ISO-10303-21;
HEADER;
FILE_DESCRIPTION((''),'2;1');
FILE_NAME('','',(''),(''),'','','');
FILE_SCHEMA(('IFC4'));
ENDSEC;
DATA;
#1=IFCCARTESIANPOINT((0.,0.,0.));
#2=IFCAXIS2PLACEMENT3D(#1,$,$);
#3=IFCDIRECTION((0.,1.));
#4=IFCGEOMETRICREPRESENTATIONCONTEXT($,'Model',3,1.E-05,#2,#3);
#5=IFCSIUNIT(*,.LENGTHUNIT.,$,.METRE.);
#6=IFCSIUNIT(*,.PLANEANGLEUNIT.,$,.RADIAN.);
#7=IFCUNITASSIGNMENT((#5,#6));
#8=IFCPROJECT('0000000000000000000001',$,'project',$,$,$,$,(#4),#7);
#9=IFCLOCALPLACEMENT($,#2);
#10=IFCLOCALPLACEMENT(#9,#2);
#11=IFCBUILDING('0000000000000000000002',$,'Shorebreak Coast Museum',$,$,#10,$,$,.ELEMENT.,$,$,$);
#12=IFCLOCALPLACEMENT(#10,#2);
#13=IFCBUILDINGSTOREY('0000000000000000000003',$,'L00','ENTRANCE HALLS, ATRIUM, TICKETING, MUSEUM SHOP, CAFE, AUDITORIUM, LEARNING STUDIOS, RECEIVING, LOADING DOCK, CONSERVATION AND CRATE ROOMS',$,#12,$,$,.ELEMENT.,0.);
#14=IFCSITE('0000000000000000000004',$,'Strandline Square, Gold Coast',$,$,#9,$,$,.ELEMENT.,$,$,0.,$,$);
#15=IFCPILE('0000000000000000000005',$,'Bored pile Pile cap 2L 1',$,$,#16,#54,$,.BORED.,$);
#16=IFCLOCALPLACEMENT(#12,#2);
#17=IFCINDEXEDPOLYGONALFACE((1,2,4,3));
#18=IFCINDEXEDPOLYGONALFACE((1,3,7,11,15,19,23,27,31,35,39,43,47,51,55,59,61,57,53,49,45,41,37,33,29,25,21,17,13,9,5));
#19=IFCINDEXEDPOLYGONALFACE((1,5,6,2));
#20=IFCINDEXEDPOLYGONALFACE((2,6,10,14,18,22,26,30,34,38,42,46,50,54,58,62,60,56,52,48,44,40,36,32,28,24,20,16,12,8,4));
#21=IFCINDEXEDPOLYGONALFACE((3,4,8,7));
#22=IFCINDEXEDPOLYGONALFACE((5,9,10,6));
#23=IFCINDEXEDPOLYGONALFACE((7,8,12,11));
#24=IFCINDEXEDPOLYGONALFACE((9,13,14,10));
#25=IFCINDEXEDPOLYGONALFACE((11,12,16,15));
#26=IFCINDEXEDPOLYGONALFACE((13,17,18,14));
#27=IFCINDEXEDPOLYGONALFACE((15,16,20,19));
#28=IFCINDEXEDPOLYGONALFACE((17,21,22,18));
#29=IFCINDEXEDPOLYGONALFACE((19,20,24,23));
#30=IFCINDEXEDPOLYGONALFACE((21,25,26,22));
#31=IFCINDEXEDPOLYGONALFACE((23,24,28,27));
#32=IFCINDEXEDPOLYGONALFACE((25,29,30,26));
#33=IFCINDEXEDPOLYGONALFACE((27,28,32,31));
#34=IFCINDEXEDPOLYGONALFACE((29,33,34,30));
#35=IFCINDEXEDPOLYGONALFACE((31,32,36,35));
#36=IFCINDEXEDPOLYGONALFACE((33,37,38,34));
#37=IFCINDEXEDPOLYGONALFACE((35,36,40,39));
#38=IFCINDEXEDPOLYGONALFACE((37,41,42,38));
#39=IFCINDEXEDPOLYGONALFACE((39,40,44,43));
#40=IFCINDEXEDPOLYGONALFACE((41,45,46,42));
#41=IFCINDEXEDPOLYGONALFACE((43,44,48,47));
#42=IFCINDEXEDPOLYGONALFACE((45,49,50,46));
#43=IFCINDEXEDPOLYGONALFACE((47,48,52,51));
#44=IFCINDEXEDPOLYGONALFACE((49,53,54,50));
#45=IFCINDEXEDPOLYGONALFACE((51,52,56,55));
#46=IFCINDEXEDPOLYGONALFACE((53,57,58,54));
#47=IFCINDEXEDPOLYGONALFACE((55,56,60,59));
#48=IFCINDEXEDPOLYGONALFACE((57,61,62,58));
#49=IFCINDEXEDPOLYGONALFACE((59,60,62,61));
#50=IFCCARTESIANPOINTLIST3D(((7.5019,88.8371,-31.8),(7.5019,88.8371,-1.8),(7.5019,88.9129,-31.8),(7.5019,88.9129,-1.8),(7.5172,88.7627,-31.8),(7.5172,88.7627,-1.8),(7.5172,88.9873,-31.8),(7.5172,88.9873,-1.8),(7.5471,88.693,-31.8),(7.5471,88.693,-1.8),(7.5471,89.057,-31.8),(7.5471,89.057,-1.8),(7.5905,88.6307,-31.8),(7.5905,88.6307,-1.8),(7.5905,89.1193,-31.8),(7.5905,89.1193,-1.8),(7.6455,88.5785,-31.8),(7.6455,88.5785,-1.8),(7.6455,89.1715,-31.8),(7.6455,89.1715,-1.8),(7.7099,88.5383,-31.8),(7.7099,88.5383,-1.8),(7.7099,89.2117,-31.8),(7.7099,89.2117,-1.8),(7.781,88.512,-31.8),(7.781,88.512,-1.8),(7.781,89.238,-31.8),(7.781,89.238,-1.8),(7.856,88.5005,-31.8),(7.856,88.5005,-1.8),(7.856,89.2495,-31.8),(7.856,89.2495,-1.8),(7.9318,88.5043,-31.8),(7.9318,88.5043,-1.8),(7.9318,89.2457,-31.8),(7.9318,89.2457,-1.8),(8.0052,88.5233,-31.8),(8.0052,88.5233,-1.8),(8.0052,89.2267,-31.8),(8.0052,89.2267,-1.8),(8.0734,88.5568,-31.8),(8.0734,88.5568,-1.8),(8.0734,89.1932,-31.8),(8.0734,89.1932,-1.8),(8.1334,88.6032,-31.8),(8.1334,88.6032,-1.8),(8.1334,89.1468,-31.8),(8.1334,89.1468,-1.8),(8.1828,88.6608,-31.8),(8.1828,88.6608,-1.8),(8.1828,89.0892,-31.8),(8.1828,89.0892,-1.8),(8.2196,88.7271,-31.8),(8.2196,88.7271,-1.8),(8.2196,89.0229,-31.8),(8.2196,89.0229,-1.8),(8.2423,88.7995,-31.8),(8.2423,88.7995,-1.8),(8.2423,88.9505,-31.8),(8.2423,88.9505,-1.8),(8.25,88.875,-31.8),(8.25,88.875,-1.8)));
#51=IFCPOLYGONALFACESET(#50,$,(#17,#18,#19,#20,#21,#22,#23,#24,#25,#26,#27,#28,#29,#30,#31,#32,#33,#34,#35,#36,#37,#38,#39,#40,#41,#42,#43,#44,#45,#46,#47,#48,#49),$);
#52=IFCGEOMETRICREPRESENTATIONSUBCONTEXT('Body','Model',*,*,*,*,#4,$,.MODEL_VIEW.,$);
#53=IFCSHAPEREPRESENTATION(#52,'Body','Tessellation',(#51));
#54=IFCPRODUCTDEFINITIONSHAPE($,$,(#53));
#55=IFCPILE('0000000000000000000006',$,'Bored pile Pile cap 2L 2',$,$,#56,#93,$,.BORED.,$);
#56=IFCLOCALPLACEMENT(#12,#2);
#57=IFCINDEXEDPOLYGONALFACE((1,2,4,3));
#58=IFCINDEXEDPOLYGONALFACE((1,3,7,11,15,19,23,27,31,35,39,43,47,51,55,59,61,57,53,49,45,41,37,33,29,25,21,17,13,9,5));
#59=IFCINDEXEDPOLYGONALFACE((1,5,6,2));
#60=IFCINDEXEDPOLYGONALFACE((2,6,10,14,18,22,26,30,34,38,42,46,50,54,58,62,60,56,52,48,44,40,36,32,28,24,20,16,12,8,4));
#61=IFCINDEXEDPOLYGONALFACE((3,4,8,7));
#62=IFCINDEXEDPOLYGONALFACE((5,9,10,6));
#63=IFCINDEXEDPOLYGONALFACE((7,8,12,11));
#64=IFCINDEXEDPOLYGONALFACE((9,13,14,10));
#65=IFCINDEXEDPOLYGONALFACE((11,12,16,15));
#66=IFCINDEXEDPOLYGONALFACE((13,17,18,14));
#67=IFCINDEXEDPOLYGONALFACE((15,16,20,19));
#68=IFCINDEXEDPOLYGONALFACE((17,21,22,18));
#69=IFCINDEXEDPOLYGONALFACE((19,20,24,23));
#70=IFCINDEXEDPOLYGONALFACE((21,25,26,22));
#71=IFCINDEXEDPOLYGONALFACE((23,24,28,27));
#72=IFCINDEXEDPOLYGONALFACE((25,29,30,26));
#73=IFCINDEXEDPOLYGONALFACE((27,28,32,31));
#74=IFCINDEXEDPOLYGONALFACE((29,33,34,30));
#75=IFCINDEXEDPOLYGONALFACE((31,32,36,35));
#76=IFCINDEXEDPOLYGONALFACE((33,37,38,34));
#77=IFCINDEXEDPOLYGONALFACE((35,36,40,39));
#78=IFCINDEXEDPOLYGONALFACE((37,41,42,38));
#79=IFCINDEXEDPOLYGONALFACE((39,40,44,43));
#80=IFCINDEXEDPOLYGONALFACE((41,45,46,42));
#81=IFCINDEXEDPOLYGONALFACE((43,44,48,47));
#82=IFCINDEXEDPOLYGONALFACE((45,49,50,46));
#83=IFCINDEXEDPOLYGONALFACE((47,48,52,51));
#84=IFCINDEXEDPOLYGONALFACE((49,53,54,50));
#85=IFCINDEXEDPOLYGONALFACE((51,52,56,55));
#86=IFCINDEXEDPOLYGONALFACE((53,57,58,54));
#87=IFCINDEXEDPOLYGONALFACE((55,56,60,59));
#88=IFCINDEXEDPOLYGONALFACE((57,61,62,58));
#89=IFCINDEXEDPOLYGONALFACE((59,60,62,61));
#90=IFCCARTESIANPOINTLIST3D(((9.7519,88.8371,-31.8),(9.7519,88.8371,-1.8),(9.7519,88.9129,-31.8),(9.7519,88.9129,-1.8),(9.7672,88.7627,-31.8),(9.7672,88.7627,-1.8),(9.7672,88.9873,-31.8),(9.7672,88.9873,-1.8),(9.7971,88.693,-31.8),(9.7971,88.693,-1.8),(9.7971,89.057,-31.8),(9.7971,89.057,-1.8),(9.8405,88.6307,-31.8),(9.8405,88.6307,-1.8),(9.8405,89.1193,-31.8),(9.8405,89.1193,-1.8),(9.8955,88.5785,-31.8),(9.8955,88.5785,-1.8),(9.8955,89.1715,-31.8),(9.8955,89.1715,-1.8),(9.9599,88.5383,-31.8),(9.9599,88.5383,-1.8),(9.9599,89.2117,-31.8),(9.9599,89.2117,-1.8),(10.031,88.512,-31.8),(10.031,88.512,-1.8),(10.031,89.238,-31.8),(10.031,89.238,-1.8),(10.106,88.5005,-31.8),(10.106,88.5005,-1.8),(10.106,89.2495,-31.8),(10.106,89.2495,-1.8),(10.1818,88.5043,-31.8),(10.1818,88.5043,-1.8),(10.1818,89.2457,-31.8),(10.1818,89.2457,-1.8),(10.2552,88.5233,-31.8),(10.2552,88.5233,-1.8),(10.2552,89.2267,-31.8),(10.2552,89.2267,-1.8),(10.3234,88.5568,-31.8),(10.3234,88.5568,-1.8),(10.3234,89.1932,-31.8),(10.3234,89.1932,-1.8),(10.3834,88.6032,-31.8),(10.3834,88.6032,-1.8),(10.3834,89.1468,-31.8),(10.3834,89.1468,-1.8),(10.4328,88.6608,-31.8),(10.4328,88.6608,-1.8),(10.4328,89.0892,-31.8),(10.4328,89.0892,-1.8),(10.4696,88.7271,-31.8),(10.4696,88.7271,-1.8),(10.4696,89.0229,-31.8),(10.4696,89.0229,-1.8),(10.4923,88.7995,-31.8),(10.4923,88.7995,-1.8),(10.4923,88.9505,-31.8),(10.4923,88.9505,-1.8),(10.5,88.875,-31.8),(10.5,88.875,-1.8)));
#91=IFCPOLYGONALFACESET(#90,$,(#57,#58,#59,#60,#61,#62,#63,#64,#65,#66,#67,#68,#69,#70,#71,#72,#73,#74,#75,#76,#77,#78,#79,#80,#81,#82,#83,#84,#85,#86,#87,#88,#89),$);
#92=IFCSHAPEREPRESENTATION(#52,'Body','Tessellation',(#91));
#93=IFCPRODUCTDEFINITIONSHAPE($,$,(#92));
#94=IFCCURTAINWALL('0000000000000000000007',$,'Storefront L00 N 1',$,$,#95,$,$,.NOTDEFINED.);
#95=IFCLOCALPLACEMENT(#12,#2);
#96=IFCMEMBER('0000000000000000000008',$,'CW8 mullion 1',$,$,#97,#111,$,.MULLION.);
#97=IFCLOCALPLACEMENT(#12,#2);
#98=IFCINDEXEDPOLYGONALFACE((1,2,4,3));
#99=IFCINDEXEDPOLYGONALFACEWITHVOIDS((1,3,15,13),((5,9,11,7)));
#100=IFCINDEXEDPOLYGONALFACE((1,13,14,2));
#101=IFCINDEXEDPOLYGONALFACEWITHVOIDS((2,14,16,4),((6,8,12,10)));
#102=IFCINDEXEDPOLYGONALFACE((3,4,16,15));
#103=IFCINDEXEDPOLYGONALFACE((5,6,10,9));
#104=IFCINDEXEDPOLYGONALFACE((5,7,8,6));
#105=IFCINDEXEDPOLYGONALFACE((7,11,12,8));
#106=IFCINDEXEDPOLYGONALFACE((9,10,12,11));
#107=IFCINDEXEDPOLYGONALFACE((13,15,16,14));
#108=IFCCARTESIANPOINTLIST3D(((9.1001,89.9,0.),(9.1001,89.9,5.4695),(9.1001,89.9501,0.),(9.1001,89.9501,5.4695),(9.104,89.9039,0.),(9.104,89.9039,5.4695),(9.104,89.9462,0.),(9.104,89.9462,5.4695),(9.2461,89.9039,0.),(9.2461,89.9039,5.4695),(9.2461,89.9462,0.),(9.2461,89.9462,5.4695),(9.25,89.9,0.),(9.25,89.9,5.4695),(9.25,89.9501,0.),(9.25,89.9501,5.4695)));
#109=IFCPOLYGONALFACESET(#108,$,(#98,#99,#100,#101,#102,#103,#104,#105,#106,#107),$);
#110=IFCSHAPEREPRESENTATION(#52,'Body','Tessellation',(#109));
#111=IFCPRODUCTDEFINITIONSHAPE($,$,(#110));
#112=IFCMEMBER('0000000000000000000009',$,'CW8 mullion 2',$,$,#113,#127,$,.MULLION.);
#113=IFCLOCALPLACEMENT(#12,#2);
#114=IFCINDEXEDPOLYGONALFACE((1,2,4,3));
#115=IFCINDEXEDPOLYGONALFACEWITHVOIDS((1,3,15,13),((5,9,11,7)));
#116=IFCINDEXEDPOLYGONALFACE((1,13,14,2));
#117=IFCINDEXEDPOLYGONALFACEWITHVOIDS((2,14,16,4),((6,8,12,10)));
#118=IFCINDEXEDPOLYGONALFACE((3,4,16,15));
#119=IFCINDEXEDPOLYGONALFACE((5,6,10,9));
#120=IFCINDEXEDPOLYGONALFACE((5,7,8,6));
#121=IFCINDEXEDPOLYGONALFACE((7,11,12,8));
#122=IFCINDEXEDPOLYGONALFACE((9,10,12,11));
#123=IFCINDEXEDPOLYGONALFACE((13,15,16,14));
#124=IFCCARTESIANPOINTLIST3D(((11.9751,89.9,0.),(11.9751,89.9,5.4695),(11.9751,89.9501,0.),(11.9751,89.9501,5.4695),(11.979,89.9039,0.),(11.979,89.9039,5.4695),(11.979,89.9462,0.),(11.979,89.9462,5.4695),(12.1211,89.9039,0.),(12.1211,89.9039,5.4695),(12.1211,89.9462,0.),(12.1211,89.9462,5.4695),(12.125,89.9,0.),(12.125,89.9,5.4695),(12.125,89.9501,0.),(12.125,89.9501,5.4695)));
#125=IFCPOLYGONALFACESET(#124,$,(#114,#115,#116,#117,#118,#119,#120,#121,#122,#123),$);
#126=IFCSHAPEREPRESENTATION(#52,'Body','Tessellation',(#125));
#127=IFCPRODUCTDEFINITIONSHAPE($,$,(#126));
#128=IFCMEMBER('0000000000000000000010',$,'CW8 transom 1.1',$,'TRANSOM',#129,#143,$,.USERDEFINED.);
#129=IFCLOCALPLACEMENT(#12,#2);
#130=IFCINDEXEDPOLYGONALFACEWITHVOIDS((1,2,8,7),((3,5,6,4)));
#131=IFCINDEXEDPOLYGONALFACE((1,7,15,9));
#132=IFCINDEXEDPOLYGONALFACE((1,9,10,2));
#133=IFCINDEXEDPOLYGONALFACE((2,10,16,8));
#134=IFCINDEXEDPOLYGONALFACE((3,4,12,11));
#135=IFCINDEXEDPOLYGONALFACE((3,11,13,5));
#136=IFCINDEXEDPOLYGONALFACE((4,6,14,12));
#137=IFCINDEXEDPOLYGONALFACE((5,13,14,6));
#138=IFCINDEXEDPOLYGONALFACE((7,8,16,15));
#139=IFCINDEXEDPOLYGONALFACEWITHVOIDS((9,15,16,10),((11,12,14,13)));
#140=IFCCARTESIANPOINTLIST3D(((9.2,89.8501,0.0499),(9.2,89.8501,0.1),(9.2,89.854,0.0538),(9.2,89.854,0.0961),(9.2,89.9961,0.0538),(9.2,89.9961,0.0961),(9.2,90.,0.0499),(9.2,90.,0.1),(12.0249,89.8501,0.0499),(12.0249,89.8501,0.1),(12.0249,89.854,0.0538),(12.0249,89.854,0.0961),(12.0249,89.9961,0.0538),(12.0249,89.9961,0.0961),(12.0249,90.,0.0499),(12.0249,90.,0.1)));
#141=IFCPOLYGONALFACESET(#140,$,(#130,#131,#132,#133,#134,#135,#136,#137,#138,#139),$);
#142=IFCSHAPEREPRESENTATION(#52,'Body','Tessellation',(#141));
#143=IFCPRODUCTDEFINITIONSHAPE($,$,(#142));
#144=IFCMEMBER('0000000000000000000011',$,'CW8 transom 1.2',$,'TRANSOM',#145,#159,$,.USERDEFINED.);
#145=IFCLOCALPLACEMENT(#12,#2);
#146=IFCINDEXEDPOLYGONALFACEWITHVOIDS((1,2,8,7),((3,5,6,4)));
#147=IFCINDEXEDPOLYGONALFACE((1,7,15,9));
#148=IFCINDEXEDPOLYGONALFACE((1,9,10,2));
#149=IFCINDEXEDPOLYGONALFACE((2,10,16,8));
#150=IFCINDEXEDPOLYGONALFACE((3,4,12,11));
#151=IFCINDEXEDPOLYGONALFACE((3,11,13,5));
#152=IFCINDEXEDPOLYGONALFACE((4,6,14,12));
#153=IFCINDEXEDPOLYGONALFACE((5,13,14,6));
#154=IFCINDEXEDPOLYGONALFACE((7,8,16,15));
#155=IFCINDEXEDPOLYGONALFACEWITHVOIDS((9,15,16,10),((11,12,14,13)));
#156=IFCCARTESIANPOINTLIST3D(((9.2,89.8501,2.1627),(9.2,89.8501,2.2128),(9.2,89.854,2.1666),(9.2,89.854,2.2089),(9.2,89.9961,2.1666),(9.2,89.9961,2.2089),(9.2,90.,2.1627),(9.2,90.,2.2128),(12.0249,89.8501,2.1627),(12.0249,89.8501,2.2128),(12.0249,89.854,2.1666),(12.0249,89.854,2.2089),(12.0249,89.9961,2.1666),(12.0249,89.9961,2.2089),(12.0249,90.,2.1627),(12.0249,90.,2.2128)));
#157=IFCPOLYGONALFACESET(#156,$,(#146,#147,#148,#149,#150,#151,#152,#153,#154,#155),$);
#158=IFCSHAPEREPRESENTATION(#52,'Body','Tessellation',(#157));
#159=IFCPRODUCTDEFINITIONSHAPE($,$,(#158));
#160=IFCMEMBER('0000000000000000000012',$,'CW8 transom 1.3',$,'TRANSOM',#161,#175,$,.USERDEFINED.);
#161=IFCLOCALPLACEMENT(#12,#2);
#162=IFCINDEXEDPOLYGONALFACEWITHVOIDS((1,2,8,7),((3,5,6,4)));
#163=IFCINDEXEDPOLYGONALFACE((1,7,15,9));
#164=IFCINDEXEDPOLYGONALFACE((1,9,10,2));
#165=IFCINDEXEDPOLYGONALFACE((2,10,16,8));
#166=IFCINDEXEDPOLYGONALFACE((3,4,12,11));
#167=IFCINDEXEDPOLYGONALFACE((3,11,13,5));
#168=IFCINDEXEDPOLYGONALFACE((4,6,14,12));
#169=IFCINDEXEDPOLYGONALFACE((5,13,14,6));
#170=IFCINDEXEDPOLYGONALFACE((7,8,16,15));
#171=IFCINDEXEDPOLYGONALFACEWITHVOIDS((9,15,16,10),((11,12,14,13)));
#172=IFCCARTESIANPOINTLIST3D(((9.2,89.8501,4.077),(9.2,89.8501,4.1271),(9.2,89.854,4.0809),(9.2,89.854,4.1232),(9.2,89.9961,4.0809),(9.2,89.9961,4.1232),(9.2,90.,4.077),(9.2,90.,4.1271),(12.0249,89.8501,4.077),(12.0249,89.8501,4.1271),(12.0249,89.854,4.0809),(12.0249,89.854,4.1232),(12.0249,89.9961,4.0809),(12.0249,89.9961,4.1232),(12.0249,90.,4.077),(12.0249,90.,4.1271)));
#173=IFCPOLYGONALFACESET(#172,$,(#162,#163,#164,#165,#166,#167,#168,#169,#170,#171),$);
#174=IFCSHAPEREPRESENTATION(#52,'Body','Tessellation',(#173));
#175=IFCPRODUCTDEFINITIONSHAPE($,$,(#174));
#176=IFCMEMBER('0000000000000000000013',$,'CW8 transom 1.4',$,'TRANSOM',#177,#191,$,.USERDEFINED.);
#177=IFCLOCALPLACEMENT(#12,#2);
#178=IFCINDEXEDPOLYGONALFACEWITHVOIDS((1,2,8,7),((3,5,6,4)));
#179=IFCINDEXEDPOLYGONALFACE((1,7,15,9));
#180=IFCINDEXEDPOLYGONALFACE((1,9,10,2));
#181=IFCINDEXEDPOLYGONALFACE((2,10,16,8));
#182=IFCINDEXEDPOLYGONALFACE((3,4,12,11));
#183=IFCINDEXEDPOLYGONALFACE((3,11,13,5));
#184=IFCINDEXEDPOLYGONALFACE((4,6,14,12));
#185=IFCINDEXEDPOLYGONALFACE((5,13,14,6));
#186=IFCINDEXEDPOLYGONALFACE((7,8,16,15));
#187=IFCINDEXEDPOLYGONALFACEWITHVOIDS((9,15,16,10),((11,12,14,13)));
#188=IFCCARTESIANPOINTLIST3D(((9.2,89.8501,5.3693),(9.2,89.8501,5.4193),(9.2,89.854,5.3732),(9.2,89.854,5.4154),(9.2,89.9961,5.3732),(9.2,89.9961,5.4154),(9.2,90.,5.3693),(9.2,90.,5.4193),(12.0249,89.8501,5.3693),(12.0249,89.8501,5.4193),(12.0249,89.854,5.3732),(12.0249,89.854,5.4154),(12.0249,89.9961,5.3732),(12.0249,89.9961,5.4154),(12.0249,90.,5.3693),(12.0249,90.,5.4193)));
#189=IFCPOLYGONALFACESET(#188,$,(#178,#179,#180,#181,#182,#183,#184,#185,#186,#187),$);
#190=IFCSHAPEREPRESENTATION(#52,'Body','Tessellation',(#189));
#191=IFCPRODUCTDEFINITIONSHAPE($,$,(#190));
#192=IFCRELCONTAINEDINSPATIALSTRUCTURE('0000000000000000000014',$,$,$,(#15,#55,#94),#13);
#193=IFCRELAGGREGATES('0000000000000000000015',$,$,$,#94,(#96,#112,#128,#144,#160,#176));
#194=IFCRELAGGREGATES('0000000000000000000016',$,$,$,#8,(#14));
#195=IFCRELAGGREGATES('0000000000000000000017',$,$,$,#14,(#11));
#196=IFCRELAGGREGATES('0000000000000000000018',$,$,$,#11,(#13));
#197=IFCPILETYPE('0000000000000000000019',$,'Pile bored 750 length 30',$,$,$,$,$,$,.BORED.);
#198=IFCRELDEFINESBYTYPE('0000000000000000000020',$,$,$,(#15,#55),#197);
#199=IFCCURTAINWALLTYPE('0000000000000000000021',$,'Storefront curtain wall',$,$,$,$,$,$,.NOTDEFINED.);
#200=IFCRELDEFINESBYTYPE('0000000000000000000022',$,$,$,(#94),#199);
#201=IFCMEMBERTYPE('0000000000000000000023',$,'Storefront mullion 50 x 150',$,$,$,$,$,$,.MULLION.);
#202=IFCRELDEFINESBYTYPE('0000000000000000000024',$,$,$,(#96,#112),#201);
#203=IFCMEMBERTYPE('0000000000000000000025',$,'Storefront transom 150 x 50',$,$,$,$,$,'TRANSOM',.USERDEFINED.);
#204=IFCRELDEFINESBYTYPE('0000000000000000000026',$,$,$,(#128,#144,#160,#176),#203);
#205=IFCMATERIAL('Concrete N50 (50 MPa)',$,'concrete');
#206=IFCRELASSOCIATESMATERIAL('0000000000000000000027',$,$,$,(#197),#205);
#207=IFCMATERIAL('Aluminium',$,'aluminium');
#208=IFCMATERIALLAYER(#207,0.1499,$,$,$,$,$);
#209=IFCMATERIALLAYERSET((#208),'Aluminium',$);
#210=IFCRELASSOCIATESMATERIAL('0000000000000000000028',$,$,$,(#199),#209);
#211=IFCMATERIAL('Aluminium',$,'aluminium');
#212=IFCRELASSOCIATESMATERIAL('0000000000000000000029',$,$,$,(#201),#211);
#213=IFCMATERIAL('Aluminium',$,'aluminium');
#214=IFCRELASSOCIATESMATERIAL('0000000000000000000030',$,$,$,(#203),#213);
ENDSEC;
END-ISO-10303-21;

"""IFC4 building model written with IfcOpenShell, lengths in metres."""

from ifc_helpers import new_model, si_unit, direction, frame, origin, origin_2d, place, context, subcontext, project, spatial, hollow_rectangle, circle, extrude, material, layer, layer_set, material_profile, profile_set, type_object, element, aggregate, save


model = new_model("IFC4")

# Units and contexts
model_context = context("Model", 3, precision=1e-05, world=origin(), true_north=direction((0.0, 1.0)))
body_context = subcontext(model_context, "Body", "Model", "MODEL_VIEW")
ifc_project = project(units=[si_unit("LENGTHUNIT", "METRE"), si_unit("PLANEANGLEUNIT", "RADIAN")], contexts=[model_context])

# Site, building, storey
site_placement = place(None, origin())
site = spatial("IfcSite", under=ifc_project, at=site_placement, Name="Strandline Square, Gold Coast", CompositionType="ELEMENT", RefElevation=0.0)
building_placement = place(site_placement, origin())
building = spatial("IfcBuilding", under=site, at=building_placement, Name="Shorebreak Coast Museum", CompositionType="ELEMENT")
storey_placement = place(building_placement, origin())
storey = spatial("IfcBuildingStorey", under=building, at=storey_placement, Name="L00", Description="ENTRANCE HALLS, ATRIUM, TICKETING, MUSEUM SHOP, CAFE, AUDITORIUM, LEARNING STUDIOS, RECEIVING, LOADING DOCK, CONSERVATION AND CRATE ROOMS", CompositionType="ELEMENT", Elevation=0.0)

# Piles
ifc_material_1 = material(Name="Concrete N50 (50 MPa)", Category="concrete")
ifc_material_profile_1 = material_profile(ifc_material_1, circle(Radius=0.375, at=origin_2d()), Name="Pile bored 750 length 30")
ifc_profile_set_1 = profile_set([ifc_material_profile_1], Name="Concrete N50 (50 MPa)")
pile_type_1 = type_object("IfcPileType", Name="Pile bored 750 length 30", PredefinedType="BORED", material=ifc_profile_set_1)
for number, where, z_axis, x_axis, name in (
    (1, (7.875, 88.875, -1.8), (0.0, 0.0, -1.0), (1.0, 0.0, 0.0), "Bored pile Pile cap 2L 1"),
    (2, (10.125, 88.875, -1.8), (0.0, 0.0, -1.0), (1.0, 0.0, 0.0), "Bored pile Pile cap 2L 2"),
):
    element("IfcPile", number, at=place(storey_placement, frame(where, z_axis=z_axis, x_axis=x_axis)), inside=storey, type_object=pile_type_1, Name=name, PredefinedType="BORED", context=body_context, shape_type="SweptSolid", body=[
        extrude(circle(Radius=0.375, at=origin_2d()), origin(), (0.0, 0.0, 1.0), 30.0),
    ])

# Curtain wall, members
ifc_material_2 = material(Name="Aluminium", Category="aluminium")
ifc_layer_1 = layer(ifc_material_2, 0.1499)
ifc_layer_set_1 = layer_set([ifc_layer_1], Name="Aluminium")
curtain_wall_type = type_object("IfcCurtainWallType", Name="Storefront curtain wall", PredefinedType="NOTDEFINED", material=ifc_layer_set_1)
curtain_wall_placement = place(storey_placement, origin())
curtain_wall = element("IfcCurtainWall", 3, at=curtain_wall_placement, inside=storey, type_object=curtain_wall_type, Name="Storefront L00 N 1", PredefinedType="NOTDEFINED")
ifc_material_3 = material(Name="Aluminium", Category="aluminium")
ifc_material_profile_2 = material_profile(ifc_material_3, hollow_rectangle(XDim=0.05, YDim=0.1499, WallThickness=0.0039, at=origin_2d()), Name="AL 150x50 RHS")
ifc_profile_set_2 = profile_set([ifc_material_profile_2], Name="Aluminium")
member_type_1 = type_object("IfcMemberType", Name="Storefront mullion 50 x 150", PredefinedType="MULLION", material=ifc_profile_set_2)
member_1_placement = place(storey_placement, frame((9.175, 89.925, 0.0), z_axis=(0.0, 0.0, 1.0), x_axis=(0.0, 1.0, 0.0)))
member_1 = element("IfcMember", 4, at=member_1_placement, type_object=member_type_1, Name="CW8 mullion 1", PredefinedType="MULLION", context=body_context, shape_type="SweptSolid", body=[
    extrude(hollow_rectangle(XDim=0.05, YDim=0.1499, WallThickness=0.0039, at=origin_2d()), origin(), (0.0, 0.0, 1.0), 5.4695),
])
member_2_placement = place(storey_placement, frame((12.05, 89.925, 0.0), z_axis=(0.0, 0.0, 1.0), x_axis=(0.0, 1.0, 0.0)))
member_2 = element("IfcMember", 5, at=member_2_placement, type_object=member_type_1, Name="CW8 mullion 2", PredefinedType="MULLION", context=body_context, shape_type="SweptSolid", body=[
    extrude(hollow_rectangle(XDim=0.05, YDim=0.1499, WallThickness=0.0039, at=origin_2d()), origin(), (0.0, 0.0, 1.0), 5.4695),
])
ifc_material_4 = material(Name="Aluminium", Category="aluminium")
ifc_material_profile_3 = material_profile(ifc_material_4, hollow_rectangle(XDim=0.1499, YDim=0.05, WallThickness=0.0039, at=origin_2d()), Name="AL 50x150 RHS")
ifc_profile_set_3 = profile_set([ifc_material_profile_3], Name="Aluminium")
member_type_2 = type_object("IfcMemberType", Name="Storefront transom 150 x 50", ElementType="TRANSOM", PredefinedType="USERDEFINED", material=ifc_profile_set_3)
member_3_placement = place(storey_placement, frame((9.2, 89.925, 0.075), z_axis=(1.0, 0.0, 0.0), x_axis=(0.0, 1.0, 0.0)))
member_3 = element("IfcMember", 6, at=member_3_placement, type_object=member_type_2, Name="CW8 transom 1.1", ObjectType="TRANSOM", PredefinedType="USERDEFINED", context=body_context, shape_type="SweptSolid", body=[
    extrude(hollow_rectangle(XDim=0.1499, YDim=0.05, WallThickness=0.0039, at=origin_2d()), origin(), (0.0, 0.0, 1.0), 2.825),
])
member_4_placement = place(storey_placement, frame((9.2, 89.925, 2.1877), z_axis=(1.0, 0.0, 0.0), x_axis=(0.0, 1.0, 0.0)))
member_4 = element("IfcMember", 7, at=member_4_placement, type_object=member_type_2, Name="CW8 transom 1.2", ObjectType="TRANSOM", PredefinedType="USERDEFINED", context=body_context, shape_type="SweptSolid", body=[
    extrude(hollow_rectangle(XDim=0.1499, YDim=0.05, WallThickness=0.0039, at=origin_2d()), origin(), (0.0, 0.0, 1.0), 2.825),
])
member_5_placement = place(storey_placement, frame((9.2, 89.925, 4.1021), z_axis=(1.0, 0.0, 0.0), x_axis=(0.0, 1.0, 0.0)))
member_5 = element("IfcMember", 8, at=member_5_placement, type_object=member_type_2, Name="CW8 transom 1.3", ObjectType="TRANSOM", PredefinedType="USERDEFINED", context=body_context, shape_type="SweptSolid", body=[
    extrude(hollow_rectangle(XDim=0.1499, YDim=0.05, WallThickness=0.0039, at=origin_2d()), origin(), (0.0, 0.0, 1.0), 2.825),
])
member_6_placement = place(storey_placement, frame((9.2, 89.925, 5.3943), z_axis=(1.0, 0.0, 0.0), x_axis=(0.0, 1.0, 0.0)))
member_6 = element("IfcMember", 9, at=member_6_placement, type_object=member_type_2, Name="CW8 transom 1.4", ObjectType="TRANSOM", PredefinedType="USERDEFINED", context=body_context, shape_type="SweptSolid", body=[
    extrude(hollow_rectangle(XDim=0.1499, YDim=0.05, WallThickness=0.0039, at=origin_2d()), origin(), (0.0, 0.0, 1.0), 2.825),
])
aggregate(curtain_wall, [member_1, member_2, member_3, member_4, member_5, member_6])

save(model, "model.ifc")
